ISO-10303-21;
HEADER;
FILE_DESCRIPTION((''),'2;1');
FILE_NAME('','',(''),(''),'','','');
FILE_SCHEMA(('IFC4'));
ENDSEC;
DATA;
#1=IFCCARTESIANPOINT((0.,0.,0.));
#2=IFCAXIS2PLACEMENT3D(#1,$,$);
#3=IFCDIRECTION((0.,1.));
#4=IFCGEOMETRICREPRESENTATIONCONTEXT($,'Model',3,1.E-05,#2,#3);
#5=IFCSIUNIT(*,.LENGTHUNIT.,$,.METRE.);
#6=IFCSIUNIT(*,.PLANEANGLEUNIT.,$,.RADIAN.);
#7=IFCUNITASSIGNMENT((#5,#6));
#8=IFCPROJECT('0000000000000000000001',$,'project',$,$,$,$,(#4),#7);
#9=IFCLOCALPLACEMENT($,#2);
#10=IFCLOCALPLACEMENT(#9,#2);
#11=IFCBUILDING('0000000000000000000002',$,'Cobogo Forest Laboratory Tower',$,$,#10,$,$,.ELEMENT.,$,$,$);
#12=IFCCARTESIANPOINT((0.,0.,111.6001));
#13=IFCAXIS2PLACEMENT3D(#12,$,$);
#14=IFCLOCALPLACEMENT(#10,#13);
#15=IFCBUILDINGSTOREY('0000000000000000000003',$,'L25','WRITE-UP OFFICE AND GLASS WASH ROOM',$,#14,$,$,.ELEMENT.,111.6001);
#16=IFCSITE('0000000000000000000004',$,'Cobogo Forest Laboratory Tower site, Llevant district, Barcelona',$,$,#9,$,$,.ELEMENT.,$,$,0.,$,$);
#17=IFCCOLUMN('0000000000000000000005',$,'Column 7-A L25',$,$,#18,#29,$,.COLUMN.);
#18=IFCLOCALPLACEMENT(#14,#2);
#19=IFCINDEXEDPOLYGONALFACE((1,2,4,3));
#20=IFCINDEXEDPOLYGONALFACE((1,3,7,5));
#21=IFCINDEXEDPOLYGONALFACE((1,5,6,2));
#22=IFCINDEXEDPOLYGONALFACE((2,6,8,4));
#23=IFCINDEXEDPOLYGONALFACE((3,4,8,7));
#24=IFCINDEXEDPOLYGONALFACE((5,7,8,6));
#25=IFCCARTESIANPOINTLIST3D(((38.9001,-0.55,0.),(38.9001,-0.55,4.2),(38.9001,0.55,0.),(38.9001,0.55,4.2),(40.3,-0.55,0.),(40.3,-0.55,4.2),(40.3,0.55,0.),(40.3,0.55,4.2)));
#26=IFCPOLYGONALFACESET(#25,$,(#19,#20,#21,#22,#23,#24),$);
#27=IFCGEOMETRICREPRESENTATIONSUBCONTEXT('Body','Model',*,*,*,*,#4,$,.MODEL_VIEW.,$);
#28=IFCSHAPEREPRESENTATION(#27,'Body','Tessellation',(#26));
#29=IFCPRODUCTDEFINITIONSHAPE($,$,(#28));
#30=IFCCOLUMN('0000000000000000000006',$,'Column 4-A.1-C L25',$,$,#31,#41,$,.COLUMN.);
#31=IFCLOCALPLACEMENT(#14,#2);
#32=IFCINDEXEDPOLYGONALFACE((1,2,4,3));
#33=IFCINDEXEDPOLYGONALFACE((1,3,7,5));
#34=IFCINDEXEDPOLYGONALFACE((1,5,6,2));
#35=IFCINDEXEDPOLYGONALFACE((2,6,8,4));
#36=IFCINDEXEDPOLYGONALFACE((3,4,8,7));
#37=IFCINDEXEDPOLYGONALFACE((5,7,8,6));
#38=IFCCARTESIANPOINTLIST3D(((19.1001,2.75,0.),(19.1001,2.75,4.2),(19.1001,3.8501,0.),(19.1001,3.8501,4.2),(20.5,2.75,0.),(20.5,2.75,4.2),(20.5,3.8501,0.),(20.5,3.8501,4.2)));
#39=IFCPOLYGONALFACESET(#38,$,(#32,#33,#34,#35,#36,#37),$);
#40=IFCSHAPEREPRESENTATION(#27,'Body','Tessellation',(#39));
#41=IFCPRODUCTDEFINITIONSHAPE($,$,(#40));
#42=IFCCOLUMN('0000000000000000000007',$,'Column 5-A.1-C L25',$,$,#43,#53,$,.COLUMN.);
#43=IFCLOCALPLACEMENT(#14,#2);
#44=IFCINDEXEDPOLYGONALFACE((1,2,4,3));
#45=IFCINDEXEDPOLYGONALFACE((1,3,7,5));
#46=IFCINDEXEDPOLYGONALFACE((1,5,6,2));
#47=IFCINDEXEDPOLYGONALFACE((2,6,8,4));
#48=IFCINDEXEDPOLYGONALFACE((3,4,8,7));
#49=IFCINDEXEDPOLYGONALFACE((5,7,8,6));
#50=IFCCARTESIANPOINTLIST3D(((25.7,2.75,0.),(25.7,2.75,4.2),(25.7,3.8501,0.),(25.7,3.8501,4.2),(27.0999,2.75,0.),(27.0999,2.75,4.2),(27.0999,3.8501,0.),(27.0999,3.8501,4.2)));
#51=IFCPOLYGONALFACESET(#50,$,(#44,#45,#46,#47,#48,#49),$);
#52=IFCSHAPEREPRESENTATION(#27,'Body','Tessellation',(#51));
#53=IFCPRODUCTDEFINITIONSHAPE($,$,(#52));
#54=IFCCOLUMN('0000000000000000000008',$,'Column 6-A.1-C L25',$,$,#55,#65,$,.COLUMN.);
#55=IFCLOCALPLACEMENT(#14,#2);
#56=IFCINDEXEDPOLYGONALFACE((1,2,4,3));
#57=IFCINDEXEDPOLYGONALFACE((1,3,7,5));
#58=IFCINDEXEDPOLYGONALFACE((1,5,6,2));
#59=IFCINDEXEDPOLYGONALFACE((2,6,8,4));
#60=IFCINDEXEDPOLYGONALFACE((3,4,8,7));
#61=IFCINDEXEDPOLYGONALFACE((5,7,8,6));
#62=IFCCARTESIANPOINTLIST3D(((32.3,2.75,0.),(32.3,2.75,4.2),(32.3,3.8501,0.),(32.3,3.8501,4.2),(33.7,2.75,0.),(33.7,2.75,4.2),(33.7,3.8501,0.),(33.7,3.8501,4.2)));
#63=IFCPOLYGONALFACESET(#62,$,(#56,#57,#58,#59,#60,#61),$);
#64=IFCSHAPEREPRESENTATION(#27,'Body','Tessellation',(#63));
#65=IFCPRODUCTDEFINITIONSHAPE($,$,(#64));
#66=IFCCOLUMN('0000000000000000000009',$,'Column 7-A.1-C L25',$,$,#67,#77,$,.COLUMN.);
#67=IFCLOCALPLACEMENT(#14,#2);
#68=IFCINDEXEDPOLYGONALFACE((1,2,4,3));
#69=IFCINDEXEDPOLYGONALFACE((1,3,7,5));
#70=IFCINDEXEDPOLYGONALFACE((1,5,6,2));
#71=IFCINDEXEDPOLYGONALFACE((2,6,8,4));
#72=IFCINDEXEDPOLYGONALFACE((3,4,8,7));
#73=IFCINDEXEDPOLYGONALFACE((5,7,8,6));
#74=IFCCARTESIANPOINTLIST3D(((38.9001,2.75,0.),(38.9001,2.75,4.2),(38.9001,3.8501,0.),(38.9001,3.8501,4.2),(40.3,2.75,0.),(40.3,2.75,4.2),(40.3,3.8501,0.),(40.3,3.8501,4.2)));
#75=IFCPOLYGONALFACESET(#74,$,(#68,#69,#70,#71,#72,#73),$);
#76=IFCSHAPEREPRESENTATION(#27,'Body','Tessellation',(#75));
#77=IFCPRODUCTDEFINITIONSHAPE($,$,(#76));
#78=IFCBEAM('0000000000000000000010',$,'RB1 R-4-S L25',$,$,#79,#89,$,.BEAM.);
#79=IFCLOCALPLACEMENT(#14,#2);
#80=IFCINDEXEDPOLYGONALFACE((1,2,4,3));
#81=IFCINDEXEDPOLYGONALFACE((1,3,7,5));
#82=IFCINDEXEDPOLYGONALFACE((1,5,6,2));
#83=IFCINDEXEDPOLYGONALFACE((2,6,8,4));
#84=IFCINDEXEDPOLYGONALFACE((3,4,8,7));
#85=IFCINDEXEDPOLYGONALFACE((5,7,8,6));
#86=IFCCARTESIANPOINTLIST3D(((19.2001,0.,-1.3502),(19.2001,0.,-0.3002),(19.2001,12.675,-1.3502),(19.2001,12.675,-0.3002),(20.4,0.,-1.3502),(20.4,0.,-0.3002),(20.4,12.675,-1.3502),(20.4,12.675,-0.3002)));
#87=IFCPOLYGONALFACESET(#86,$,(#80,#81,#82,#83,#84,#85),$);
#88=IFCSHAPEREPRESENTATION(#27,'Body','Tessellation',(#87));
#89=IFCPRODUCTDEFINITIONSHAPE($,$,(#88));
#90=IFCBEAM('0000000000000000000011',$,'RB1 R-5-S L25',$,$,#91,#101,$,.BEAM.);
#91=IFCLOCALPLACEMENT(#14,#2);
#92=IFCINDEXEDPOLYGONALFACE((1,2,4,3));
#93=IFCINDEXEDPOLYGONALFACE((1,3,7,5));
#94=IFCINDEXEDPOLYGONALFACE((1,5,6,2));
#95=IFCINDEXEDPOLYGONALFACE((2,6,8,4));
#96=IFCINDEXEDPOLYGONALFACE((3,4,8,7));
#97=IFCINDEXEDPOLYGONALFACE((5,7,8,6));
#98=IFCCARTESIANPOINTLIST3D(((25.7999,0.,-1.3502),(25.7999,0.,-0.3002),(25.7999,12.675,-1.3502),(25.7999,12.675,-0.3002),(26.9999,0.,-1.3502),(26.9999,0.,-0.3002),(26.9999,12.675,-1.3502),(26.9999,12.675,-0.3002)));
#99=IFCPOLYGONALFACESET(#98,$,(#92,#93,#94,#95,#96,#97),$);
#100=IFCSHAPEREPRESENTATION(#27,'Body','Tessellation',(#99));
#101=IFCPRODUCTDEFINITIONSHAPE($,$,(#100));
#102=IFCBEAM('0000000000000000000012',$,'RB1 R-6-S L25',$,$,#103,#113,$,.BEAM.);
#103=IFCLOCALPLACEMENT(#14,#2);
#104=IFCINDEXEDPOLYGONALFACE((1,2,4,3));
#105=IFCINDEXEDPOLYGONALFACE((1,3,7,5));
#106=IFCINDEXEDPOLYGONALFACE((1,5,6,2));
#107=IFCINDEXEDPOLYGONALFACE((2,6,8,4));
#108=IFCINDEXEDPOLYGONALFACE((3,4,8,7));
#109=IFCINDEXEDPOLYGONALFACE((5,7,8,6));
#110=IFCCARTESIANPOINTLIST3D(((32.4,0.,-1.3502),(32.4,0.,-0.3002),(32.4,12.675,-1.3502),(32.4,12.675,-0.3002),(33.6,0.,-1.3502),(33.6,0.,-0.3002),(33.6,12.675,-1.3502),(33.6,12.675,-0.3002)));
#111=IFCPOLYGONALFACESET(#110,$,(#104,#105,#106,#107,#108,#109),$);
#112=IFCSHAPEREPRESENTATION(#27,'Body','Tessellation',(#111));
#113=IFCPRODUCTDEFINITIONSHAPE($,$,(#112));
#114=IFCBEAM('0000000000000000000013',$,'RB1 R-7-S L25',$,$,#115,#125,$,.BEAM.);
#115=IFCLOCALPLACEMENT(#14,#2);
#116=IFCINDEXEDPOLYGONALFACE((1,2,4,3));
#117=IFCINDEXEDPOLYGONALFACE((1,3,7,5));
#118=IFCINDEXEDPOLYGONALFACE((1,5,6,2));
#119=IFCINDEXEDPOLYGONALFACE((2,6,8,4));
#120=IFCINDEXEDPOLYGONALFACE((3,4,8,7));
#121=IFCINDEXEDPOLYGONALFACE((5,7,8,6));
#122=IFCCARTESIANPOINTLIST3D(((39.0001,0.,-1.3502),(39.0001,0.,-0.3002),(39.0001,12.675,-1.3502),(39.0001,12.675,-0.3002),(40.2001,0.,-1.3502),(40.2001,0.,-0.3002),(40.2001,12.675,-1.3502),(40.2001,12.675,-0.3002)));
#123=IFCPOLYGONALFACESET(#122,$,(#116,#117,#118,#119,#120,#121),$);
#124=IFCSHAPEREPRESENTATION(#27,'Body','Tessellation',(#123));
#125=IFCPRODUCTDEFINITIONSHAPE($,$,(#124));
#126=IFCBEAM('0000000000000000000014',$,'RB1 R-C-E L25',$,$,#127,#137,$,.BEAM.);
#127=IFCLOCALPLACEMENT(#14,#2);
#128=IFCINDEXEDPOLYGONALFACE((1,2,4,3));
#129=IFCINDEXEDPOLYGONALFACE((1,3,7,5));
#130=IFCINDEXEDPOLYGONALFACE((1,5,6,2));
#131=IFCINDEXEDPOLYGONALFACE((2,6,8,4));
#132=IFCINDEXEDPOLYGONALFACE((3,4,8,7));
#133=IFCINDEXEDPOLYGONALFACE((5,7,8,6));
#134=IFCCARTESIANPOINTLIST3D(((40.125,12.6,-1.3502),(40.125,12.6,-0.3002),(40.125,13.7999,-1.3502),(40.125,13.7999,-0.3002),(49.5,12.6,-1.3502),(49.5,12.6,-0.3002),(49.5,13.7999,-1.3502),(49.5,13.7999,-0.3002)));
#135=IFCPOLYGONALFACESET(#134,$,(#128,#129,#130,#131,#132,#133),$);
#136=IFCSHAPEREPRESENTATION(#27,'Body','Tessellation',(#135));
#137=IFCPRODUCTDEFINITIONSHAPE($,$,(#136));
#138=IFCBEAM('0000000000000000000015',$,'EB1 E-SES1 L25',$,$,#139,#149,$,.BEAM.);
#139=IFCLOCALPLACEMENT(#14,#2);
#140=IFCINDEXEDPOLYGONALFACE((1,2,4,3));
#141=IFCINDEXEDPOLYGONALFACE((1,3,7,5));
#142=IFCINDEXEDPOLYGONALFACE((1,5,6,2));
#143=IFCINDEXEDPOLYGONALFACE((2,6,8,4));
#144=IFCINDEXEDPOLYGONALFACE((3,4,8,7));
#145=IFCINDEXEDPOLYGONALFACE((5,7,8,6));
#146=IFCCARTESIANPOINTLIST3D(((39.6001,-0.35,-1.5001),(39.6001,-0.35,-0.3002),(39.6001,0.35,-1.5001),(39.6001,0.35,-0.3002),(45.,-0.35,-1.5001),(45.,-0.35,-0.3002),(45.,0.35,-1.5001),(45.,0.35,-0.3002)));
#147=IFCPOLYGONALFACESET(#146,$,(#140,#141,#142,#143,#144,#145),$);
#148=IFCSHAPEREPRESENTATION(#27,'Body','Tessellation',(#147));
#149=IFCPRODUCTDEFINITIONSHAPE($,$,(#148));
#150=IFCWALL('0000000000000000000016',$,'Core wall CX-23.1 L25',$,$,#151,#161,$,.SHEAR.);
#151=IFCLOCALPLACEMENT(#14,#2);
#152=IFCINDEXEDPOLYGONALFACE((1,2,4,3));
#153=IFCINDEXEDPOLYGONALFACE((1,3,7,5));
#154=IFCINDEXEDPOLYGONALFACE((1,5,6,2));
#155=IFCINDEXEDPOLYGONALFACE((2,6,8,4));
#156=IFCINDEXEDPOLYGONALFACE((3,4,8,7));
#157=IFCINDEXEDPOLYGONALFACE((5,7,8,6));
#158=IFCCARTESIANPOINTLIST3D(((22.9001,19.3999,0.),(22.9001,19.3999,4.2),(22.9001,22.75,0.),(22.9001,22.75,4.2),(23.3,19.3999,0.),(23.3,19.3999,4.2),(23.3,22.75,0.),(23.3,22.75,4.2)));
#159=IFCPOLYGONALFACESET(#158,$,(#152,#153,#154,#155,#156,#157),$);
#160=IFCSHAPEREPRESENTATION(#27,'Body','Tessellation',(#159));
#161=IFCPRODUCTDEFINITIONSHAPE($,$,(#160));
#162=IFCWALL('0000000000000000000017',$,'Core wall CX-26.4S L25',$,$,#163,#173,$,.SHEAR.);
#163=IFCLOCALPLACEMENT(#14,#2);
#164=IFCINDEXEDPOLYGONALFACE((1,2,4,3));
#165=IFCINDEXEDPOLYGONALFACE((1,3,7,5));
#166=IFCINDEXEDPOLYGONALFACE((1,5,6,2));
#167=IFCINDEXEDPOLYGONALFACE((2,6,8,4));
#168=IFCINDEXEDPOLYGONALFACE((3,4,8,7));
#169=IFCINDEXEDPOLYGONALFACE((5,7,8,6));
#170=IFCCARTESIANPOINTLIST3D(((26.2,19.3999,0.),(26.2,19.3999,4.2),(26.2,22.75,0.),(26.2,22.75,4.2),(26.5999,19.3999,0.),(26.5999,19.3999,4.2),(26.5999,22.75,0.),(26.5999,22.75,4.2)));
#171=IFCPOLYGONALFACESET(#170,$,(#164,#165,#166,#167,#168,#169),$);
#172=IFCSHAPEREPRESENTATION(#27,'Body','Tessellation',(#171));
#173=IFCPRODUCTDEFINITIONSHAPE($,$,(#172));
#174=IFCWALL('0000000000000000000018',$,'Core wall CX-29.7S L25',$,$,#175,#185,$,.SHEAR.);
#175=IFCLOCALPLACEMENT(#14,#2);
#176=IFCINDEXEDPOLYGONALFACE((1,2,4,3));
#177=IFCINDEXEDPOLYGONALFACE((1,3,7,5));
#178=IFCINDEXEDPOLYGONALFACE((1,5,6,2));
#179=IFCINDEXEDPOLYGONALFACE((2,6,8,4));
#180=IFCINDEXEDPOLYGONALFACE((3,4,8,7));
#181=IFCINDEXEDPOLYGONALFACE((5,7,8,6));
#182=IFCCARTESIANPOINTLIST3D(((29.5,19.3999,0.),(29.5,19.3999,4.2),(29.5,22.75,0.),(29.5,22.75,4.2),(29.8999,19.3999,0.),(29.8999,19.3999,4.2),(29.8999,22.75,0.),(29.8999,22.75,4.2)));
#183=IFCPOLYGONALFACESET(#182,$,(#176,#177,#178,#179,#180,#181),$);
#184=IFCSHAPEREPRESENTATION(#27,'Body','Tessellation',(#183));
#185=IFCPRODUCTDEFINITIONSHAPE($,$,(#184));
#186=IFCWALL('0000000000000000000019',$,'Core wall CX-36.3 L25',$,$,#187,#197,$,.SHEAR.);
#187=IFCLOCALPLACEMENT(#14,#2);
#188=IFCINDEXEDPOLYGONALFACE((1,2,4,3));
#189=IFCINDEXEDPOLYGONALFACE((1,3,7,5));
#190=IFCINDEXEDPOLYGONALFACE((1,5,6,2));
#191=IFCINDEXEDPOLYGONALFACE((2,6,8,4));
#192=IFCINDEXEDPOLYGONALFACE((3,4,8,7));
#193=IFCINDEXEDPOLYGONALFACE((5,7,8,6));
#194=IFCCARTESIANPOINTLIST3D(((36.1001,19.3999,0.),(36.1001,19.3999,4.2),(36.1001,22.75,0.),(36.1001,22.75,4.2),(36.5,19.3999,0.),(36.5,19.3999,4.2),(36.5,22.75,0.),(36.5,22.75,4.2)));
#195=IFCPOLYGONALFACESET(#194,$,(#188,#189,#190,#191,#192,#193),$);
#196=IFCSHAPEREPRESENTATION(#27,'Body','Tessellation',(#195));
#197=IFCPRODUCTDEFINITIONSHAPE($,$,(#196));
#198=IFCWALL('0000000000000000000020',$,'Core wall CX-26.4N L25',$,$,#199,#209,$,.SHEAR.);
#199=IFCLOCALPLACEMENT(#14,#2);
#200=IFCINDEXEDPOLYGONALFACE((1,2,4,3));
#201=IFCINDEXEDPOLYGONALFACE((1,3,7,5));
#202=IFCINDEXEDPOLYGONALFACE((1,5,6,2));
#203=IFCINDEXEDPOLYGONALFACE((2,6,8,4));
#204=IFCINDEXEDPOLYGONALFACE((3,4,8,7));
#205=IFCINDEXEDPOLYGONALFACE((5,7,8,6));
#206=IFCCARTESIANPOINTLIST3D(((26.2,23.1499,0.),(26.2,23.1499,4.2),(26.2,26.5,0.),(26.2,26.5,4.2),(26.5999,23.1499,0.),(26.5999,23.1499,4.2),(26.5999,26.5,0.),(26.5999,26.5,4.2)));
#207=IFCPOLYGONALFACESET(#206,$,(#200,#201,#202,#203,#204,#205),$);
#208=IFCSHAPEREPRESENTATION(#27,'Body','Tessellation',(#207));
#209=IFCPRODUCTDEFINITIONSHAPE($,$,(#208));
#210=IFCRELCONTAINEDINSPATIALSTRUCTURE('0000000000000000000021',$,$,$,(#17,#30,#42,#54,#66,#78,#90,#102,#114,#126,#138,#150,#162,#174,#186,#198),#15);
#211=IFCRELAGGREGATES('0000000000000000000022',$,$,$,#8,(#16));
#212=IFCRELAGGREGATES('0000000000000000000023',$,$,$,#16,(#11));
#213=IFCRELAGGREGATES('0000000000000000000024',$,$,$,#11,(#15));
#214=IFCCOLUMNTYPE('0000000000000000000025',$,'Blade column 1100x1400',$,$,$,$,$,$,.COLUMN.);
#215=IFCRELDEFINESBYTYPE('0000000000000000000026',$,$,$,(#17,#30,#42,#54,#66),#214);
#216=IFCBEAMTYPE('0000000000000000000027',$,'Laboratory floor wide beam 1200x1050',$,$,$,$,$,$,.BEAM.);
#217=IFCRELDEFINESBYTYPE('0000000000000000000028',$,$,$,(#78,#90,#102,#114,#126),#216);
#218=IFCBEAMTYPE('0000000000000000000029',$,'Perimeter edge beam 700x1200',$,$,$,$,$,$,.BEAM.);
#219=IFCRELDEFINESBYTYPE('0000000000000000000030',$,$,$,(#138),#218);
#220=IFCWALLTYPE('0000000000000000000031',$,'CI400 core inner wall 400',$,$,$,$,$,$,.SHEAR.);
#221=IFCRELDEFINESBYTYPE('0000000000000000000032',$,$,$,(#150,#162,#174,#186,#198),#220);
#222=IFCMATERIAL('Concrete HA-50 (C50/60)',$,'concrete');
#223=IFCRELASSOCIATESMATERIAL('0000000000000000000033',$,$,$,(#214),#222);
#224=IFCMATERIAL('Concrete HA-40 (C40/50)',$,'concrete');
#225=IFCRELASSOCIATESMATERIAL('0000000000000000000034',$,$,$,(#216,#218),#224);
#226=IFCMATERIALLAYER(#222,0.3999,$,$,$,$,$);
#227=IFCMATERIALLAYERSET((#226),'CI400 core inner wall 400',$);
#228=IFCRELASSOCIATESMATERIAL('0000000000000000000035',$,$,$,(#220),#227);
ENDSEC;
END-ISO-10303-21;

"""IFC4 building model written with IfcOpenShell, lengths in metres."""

from ifc_helpers import new_model, si_unit, direction, frame, frame_2d, origin, origin_2d, place, context, subcontext, project, spatial, rectangle, extrude, material, layer, layer_set, material_profile, profile_set, type_object, element, save


model = new_model("IFC4")

# Units and contexts
model_context = context("Model", 3, precision=1e-05, world=origin(), true_north=direction((0.0, 1.0)))
body_context = subcontext(model_context, "Body", "Model", "MODEL_VIEW")
ifc_project = project(units=[si_unit("LENGTHUNIT", "METRE"), si_unit("PLANEANGLEUNIT", "RADIAN")], contexts=[model_context])

# Site, building, storey
site_placement = place(None, origin())
site = spatial("IfcSite", under=ifc_project, at=site_placement, Name="Cobogo Forest Laboratory Tower site, Llevant district, Barcelona", CompositionType="ELEMENT", RefElevation=0.0)
building_placement = place(site_placement, origin())
building = spatial("IfcBuilding", under=site, at=building_placement, Name="Cobogo Forest Laboratory Tower", CompositionType="ELEMENT")
storey_placement = place(building_placement, frame((0.0, 0.0, 111.6001)))
storey = spatial("IfcBuildingStorey", under=building, at=storey_placement, Name="L25", Description="WRITE-UP OFFICE AND GLASS WASH ROOM", CompositionType="ELEMENT", Elevation=111.6001)

# Columns
ifc_material_1 = material(Name="Concrete HA-50 (C50/60)", Category="concrete")
ifc_material_profile_1 = material_profile(ifc_material_1, rectangle(XDim=1.3999, YDim=1.1001, at=origin_2d()), Name="RC 1100x1400")
ifc_profile_set_1 = profile_set([ifc_material_profile_1], Name="Concrete HA-50 (C50/60)")
column_type = type_object("IfcColumnType", Name="Blade column 1100x1400", PredefinedType="COLUMN", material=ifc_profile_set_1)
for number, where, z_axis, x_axis, name in (
    (1, (39.6001, 0.0, 0.0), (0.0, 0.0, 1.0), (1.0, 0.0, 0.0), "Column 7-A L25"),
    (2, (19.8, 3.3, 0.0), (0.0, 0.0, 1.0), (1.0, 0.0, 0.0), "Column 4-A.1-C L25"),
    (3, (26.3999, 3.3, 0.0), (0.0, 0.0, 1.0), (1.0, 0.0, 0.0), "Column 5-A.1-C L25"),
    (4, (33.0, 3.3, 0.0), (0.0, 0.0, 1.0), (1.0, 0.0, 0.0), "Column 6-A.1-C L25"),
    (5, (39.6001, 3.3, 0.0), (0.0, 0.0, 1.0), (1.0, 0.0, 0.0), "Column 7-A.1-C L25"),
):
    element("IfcColumn", number, at=place(storey_placement, frame(where, z_axis=z_axis, x_axis=x_axis)), inside=storey, type_object=column_type, Name=name, PredefinedType="COLUMN", context=body_context, shape_type="SweptSolid", body=[
        extrude(rectangle(XDim=1.3999, YDim=1.1001, at=origin_2d()), origin(), (0.0, 0.0, 1.0), 4.2),
    ])

# Beams
ifc_material_2 = material(Name="Concrete HA-40 (C40/50)", Category="concrete")
ifc_material_profile_2 = material_profile(ifc_material_2, rectangle(XDim=1.2, YDim=1.05, at=origin_2d()), Name="RC 1200x1050")
ifc_profile_set_2 = profile_set([ifc_material_profile_2], Name="Concrete HA-40 (C40/50)")
beam_type_1 = type_object("IfcBeamType", Name="Laboratory floor wide beam 1200x1050", PredefinedType="BEAM", material=ifc_profile_set_2)
for number, where, z_axis, x_axis, name in (
    (6, (19.8, 12.675, -0.8252), (0.0, -1.0, 0.0), (1.0, 0.0, 0.0), "RB1 R-4-S L25"),
    (7, (26.3999, 12.675, -0.8252), (0.0, -1.0, 0.0), (1.0, 0.0, 0.0), "RB1 R-5-S L25"),
    (8, (33.0, 12.675, -0.8252), (0.0, -1.0, 0.0), (1.0, 0.0, 0.0), "RB1 R-6-S L25"),
    (9, (39.6001, 12.675, -0.8252), (0.0, -1.0, 0.0), (1.0, 0.0, 0.0), "RB1 R-7-S L25"),
):
    element("IfcBeam", number, at=place(storey_placement, frame(where, z_axis=z_axis, x_axis=x_axis)), inside=storey, type_object=beam_type_1, Name=name, PredefinedType="BEAM", context=body_context, shape_type="SweptSolid", body=[
        extrude(rectangle(XDim=1.2, YDim=1.05, at=origin_2d()), origin(), (0.0, 0.0, 1.0), 12.675),
    ])
beam_1_placement = place(storey_placement, frame((40.125, 13.2, -0.8252), z_axis=(1.0, 0.0, 0.0), x_axis=(0.0, 1.0, 0.0)))
element("IfcBeam", 10, at=beam_1_placement, inside=storey, type_object=beam_type_1, Name="RB1 R-C-E L25", PredefinedType="BEAM", context=body_context, shape_type="SweptSolid", body=[
    extrude(rectangle(XDim=1.2, YDim=1.05, at=origin_2d()), origin(), (0.0, 0.0, 1.0), 9.375),
])
ifc_material_profile_3 = material_profile(ifc_material_2, rectangle(XDim=0.7, YDim=1.2, at=origin_2d()), Name="RC 700x1200")
ifc_profile_set_3 = profile_set([ifc_material_profile_3], Name="Concrete HA-40 (C40/50)")
beam_type_2 = type_object("IfcBeamType", Name="Perimeter edge beam 700x1200", PredefinedType="BEAM", material=ifc_profile_set_3)
beam_2_placement = place(storey_placement, frame((39.6001, 0.0, -0.9001), z_axis=(1.0, 0.0, 0.0), x_axis=(0.0, 1.0, 0.0)))
element("IfcBeam", 11, at=beam_2_placement, inside=storey, type_object=beam_type_2, Name="EB1 E-SES1 L25", PredefinedType="BEAM", context=body_context, shape_type="SweptSolid", body=[
    extrude(rectangle(XDim=0.7, YDim=1.2, at=origin_2d()), origin(), (0.0, 0.0, 1.0), 5.3999),
])

# Walls
ifc_layer_1 = layer(ifc_material_1, 0.3999)
ifc_layer_set_1 = layer_set([ifc_layer_1], Name="CI400 core inner wall 400")
wall_type_1 = type_object("IfcWallType", Name="CI400 core inner wall 400", PredefinedType="SHEAR", material=ifc_layer_set_1)
for number, where, z_axis, x_axis, name in (
    (12, (23.1001, 19.3999, 0.0), (0.0, 0.0, 1.0), (0.0, 1.0, 0.0), "Core wall CX-23.1 L25"),
    (13, (26.3999, 19.3999, 0.0), (0.0, 0.0, 1.0), (0.0, 1.0, 0.0), "Core wall CX-26.4S L25"),
    (14, (29.7, 19.3999, 0.0), (0.0, 0.0, 1.0), (0.0, 1.0, 0.0), "Core wall CX-29.7S L25"),
    (15, (36.3, 19.3999, 0.0), (0.0, 0.0, 1.0), (0.0, 1.0, 0.0), "Core wall CX-36.3 L25"),
    (16, (26.3999, 23.1499, 0.0), (0.0, 0.0, 1.0), (0.0, 1.0, 0.0), "Core wall CX-26.4N L25"),
):
    element("IfcWall", number, at=place(storey_placement, frame(where, z_axis=z_axis, x_axis=x_axis)), inside=storey, type_object=wall_type_1, Name=name, PredefinedType="SHEAR", context=body_context, shape_type="SweptSolid", body=[
        extrude(rectangle(XDim=3.3501, YDim=0.3999, at=frame_2d((1.675, 0.0))), origin(), (0.0, 0.0, 1.0), 4.2),
    ])

save(model, "model.ifc")
